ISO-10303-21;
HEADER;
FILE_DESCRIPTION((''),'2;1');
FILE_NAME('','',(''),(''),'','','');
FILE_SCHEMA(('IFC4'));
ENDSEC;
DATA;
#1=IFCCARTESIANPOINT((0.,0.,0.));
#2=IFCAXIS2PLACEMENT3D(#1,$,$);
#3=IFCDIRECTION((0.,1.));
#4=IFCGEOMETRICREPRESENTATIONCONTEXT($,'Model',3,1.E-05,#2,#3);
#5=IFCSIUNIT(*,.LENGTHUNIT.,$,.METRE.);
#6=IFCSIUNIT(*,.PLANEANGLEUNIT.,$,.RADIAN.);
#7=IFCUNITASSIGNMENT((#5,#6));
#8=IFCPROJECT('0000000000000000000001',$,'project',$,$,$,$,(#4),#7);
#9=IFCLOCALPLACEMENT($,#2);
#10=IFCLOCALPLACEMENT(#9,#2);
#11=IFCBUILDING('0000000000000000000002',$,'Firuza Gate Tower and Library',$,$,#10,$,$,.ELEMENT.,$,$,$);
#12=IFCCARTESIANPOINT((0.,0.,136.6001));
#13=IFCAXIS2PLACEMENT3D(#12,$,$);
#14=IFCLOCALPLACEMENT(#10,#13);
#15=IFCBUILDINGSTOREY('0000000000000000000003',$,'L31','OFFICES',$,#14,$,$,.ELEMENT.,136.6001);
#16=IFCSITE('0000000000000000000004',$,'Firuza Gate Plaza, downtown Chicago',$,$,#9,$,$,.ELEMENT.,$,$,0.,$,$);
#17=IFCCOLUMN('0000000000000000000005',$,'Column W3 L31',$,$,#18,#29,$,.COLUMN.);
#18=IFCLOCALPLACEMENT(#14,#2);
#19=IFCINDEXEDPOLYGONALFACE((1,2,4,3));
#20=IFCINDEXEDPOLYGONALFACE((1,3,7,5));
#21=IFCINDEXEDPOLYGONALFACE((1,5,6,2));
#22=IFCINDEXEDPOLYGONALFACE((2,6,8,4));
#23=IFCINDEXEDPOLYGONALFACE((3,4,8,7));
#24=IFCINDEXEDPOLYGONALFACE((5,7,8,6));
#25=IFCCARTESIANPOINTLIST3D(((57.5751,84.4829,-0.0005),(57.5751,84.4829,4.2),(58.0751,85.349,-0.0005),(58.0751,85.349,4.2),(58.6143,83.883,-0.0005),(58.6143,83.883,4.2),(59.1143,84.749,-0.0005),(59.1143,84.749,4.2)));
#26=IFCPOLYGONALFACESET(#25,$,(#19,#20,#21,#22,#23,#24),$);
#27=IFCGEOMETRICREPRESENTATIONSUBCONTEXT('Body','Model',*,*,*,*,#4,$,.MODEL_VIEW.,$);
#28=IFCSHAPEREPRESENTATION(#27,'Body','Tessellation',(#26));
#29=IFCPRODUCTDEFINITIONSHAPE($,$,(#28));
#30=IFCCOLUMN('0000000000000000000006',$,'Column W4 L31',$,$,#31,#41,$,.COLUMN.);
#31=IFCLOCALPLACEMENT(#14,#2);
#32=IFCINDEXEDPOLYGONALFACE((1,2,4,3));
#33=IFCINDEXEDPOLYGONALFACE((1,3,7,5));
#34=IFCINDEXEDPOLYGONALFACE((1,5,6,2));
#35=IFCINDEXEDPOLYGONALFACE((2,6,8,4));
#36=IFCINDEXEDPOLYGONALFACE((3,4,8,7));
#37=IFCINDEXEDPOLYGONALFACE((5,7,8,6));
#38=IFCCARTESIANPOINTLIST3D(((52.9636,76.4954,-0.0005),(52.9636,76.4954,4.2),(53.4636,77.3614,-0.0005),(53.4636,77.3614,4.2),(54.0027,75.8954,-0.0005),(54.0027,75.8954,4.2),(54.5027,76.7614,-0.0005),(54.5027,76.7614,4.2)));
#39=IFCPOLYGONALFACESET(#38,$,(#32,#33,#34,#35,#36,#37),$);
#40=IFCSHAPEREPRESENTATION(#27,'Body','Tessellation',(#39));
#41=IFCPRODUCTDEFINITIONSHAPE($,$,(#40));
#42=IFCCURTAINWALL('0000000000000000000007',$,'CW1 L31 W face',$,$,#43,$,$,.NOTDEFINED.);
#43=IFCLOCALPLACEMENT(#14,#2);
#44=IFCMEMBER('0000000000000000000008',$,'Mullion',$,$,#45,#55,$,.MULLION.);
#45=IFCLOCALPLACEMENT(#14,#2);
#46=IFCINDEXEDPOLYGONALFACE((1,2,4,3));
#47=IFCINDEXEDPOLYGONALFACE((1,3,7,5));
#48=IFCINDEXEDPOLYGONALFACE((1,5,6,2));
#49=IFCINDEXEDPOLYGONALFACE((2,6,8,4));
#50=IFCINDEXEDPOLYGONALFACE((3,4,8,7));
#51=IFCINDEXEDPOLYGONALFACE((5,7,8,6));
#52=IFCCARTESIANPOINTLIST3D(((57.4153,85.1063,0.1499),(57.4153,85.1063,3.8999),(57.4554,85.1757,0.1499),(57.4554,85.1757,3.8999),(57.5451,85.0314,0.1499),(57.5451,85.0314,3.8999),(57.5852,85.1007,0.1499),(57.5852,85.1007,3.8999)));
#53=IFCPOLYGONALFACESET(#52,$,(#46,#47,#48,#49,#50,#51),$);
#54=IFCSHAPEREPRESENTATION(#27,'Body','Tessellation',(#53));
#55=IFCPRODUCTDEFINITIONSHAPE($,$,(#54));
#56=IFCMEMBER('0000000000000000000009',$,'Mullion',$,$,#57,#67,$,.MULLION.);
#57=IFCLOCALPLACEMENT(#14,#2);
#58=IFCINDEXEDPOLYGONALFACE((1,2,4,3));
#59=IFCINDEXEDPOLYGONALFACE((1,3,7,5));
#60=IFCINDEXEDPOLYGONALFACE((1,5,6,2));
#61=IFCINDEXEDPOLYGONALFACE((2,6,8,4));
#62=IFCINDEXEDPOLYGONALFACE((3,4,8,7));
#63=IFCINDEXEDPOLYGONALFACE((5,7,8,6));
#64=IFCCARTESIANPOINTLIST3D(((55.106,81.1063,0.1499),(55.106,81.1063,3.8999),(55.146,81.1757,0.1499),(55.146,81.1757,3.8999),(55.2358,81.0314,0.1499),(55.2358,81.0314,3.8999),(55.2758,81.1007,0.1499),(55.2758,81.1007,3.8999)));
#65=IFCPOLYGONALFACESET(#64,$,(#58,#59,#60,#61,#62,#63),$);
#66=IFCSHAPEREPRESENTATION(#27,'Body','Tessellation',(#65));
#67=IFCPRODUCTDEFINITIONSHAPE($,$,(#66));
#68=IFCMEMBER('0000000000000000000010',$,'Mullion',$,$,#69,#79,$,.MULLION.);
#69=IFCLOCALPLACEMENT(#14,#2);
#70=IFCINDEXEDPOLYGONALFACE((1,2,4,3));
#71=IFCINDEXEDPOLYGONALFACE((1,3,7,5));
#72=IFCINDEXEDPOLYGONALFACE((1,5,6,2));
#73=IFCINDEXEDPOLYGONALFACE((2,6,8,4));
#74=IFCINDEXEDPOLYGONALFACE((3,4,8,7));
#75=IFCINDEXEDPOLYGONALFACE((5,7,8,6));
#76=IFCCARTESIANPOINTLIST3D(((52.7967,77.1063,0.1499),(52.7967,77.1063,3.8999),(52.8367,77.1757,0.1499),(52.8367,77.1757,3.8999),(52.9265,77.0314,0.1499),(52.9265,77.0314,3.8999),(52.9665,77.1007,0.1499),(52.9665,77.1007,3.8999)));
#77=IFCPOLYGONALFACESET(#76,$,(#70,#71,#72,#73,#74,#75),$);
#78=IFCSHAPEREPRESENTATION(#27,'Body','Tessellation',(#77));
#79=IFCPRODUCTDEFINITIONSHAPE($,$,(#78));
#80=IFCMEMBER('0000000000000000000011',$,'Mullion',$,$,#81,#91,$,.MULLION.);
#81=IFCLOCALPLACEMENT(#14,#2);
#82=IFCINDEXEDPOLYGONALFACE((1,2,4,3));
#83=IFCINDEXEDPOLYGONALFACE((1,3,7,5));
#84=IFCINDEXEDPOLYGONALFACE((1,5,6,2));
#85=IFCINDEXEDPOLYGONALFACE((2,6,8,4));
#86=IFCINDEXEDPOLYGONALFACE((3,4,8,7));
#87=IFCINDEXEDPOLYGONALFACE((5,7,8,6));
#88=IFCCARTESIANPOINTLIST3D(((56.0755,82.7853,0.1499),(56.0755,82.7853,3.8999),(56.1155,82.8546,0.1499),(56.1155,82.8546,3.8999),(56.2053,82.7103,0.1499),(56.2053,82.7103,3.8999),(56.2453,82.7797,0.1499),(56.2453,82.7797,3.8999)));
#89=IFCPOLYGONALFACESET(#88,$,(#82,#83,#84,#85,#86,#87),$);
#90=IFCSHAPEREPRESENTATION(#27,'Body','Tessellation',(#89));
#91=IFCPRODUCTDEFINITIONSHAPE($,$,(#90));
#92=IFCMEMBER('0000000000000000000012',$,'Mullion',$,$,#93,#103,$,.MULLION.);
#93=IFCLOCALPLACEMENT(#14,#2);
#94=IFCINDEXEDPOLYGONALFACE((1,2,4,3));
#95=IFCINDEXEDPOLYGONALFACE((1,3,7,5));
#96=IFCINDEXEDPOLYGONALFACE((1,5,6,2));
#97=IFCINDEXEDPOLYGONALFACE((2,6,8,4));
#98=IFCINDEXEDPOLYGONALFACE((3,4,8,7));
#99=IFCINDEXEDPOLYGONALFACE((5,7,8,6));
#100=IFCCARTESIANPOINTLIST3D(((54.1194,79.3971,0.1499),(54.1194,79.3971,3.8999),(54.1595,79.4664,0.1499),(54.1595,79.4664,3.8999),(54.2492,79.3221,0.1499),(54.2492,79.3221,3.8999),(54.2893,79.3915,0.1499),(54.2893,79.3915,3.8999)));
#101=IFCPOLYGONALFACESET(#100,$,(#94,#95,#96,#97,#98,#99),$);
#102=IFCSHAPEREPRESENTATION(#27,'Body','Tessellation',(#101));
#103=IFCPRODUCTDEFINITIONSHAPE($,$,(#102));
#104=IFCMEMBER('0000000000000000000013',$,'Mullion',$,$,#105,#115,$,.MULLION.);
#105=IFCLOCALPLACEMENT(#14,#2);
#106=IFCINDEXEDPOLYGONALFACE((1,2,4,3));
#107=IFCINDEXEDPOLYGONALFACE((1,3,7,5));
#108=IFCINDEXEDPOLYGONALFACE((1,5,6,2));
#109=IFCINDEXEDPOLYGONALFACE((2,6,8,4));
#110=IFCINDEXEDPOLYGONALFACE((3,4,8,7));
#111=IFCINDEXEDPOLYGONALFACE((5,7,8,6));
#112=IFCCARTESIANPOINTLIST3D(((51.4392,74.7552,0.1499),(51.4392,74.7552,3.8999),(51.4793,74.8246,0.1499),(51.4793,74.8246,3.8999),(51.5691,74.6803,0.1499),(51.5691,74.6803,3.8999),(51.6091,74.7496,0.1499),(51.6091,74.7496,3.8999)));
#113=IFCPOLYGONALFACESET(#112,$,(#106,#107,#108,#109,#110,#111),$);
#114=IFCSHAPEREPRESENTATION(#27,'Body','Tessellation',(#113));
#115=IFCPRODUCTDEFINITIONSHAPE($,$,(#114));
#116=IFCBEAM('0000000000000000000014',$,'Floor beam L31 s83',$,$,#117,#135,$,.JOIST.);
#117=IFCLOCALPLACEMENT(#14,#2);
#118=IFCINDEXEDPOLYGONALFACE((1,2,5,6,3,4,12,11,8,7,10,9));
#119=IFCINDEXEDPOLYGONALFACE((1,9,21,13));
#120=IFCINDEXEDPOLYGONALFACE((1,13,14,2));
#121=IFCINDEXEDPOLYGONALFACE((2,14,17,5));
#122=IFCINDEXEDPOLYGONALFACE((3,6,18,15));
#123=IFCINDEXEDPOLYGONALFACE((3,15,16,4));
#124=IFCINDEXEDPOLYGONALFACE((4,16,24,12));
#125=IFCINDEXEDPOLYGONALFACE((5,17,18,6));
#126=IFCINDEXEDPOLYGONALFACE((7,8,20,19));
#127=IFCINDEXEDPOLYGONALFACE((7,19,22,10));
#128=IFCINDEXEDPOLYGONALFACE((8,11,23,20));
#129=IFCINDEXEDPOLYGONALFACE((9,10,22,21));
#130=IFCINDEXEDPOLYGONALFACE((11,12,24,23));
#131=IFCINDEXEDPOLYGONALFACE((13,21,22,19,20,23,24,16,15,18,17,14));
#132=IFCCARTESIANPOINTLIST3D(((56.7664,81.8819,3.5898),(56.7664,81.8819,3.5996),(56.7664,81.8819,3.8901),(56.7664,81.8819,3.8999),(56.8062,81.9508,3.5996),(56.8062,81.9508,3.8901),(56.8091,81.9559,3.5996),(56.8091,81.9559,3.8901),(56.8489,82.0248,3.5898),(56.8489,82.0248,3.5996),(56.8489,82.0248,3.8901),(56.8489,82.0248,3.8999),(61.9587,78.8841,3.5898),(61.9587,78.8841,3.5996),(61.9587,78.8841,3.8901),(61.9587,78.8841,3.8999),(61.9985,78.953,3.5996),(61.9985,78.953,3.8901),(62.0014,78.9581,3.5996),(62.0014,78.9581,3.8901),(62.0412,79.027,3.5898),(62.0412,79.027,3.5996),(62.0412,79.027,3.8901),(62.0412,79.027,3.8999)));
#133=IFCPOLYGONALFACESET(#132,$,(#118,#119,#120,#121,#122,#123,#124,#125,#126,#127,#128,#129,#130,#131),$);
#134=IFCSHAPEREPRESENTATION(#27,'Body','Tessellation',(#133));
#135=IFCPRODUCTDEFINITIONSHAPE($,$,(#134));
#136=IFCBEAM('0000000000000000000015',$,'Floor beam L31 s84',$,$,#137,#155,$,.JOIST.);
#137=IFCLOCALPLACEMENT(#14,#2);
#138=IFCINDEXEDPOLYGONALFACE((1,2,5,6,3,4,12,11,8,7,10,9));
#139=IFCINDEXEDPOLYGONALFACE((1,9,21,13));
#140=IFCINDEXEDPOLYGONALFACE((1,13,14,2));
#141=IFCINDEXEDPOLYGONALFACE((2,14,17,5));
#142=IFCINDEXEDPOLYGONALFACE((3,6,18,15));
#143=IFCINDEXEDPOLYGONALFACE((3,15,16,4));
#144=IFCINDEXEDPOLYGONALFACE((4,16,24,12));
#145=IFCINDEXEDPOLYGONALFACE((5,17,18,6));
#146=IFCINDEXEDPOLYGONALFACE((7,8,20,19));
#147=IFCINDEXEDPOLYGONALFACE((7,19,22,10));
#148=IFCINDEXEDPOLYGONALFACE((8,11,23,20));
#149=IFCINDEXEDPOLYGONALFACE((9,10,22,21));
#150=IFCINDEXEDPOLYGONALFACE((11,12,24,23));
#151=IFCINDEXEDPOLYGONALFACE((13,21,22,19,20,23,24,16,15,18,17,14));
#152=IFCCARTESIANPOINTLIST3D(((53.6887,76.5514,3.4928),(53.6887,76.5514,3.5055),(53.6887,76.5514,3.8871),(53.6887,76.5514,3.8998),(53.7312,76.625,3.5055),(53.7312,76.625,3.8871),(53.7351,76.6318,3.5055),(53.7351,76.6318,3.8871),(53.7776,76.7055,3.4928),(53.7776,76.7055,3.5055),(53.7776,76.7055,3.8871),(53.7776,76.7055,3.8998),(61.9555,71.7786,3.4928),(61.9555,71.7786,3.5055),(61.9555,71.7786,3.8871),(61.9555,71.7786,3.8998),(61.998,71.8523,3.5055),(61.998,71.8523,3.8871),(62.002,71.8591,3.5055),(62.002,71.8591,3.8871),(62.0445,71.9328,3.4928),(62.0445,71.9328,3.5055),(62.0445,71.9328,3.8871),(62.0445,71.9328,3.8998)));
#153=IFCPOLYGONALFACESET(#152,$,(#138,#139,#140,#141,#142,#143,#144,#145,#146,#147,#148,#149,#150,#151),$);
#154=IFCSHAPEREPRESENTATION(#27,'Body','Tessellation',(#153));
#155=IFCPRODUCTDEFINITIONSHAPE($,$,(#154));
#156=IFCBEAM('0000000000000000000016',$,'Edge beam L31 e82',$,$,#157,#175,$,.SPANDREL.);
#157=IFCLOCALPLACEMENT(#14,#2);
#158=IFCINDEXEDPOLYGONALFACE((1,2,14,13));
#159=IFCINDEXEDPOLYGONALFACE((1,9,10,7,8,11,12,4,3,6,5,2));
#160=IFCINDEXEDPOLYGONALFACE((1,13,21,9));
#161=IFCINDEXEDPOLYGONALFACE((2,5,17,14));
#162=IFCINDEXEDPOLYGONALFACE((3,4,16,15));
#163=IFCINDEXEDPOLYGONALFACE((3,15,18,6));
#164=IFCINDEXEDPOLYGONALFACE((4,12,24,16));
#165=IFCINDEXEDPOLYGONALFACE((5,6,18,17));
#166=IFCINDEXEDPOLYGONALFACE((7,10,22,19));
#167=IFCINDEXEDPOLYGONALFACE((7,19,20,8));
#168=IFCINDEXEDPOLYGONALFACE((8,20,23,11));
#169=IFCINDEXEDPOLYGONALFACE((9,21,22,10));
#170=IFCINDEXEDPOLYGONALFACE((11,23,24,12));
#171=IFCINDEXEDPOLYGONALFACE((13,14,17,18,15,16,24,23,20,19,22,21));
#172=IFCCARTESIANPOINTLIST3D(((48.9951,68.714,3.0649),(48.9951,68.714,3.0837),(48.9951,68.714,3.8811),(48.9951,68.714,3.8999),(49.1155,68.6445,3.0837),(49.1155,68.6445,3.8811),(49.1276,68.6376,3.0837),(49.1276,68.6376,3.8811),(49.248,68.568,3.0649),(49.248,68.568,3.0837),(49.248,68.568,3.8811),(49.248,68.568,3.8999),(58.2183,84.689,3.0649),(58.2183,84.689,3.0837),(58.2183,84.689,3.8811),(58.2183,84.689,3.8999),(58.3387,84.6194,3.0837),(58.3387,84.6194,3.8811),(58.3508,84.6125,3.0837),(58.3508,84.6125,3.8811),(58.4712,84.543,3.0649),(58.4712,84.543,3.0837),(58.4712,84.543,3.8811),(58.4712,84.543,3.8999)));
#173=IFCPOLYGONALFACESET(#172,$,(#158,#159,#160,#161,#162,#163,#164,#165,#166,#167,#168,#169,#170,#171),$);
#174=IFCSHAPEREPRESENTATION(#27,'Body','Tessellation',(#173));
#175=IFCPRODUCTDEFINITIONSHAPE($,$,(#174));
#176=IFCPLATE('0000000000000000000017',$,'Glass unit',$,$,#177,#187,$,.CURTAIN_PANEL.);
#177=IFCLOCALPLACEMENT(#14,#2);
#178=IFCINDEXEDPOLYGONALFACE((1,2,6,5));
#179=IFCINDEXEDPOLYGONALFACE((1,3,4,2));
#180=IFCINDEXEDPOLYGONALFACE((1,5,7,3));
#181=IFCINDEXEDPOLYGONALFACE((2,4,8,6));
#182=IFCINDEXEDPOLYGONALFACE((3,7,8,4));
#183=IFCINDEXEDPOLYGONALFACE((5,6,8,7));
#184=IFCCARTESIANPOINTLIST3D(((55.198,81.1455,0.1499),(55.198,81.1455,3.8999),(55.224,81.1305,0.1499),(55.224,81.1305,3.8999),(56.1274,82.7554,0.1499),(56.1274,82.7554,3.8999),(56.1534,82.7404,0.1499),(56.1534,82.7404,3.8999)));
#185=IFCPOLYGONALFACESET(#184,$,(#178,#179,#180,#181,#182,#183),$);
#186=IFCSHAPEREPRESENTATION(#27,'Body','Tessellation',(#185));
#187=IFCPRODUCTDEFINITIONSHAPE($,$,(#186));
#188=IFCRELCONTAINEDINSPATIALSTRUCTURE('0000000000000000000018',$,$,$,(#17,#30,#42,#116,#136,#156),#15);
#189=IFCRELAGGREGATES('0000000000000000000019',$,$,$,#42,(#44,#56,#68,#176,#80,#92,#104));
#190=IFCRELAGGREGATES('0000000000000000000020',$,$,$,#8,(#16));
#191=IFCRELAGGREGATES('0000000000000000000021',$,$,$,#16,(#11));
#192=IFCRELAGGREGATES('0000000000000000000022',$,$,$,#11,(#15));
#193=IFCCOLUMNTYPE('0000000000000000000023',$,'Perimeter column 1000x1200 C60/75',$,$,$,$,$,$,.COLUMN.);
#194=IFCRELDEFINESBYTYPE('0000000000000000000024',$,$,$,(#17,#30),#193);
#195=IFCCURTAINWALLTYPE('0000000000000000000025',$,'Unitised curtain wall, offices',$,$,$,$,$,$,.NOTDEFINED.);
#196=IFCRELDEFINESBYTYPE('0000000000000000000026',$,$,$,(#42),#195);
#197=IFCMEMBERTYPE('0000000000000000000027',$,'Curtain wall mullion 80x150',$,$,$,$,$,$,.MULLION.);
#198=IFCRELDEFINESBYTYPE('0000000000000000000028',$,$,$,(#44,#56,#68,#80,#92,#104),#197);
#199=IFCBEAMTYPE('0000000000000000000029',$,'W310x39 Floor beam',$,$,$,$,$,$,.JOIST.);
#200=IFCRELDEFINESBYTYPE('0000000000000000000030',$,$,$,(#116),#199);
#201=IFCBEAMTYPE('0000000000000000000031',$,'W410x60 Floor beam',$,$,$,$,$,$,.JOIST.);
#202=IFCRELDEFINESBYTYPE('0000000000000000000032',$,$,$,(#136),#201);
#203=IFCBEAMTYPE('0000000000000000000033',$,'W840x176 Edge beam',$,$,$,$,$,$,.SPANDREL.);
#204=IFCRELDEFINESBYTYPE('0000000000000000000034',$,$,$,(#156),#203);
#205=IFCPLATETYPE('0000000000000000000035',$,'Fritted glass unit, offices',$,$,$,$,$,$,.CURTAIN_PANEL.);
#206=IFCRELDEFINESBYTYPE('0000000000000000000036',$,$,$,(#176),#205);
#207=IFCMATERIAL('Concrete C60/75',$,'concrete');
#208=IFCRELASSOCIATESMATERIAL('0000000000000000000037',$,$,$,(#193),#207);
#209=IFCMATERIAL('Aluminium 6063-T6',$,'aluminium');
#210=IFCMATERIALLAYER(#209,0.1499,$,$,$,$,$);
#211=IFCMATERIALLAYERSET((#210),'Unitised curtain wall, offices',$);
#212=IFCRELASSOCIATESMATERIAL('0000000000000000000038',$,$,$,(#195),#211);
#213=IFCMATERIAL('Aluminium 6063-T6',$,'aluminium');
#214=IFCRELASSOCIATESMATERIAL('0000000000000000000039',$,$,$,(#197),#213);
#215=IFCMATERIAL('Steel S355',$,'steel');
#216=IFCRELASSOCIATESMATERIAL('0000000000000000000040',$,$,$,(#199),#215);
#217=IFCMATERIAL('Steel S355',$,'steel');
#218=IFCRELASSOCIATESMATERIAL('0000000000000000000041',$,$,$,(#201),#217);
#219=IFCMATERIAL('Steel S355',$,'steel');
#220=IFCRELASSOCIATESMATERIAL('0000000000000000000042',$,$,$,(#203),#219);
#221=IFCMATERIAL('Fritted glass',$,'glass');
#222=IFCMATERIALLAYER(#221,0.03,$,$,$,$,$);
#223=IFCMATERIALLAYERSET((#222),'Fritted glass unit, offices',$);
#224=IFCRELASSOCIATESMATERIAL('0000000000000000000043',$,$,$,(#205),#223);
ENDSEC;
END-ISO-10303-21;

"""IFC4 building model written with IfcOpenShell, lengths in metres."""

from ifc_helpers import new_model, si_unit, direction, frame, origin, origin_2d, place, context, subcontext, project, spatial, polyline, rectangle, i_section, outline, extrude, material, layer, layer_set, material_profile, profile_set, type_object, element, aggregate, save


model = new_model("IFC4")

# Units and contexts
model_context = context("Model", 3, precision=1e-05, world=origin(), true_north=direction((0.0, 1.0)))
body_context = subcontext(model_context, "Body", "Model", "MODEL_VIEW")
ifc_project = project(units=[si_unit("LENGTHUNIT", "METRE"), si_unit("PLANEANGLEUNIT", "RADIAN")], contexts=[model_context])

# Site, building, storey
site_placement = place(None, origin())
site = spatial("IfcSite", under=ifc_project, at=site_placement, Name="Firuza Gate Plaza, downtown Chicago", CompositionType="ELEMENT", RefElevation=0.0)
building_placement = place(site_placement, origin())
building = spatial("IfcBuilding", under=site, at=building_placement, Name="Firuza Gate Tower and Library", CompositionType="ELEMENT")
storey_placement = place(building_placement, frame((0.0, 0.0, 136.6001)))
storey = spatial("IfcBuildingStorey", under=building, at=storey_placement, Name="L31", Description="OFFICES", CompositionType="ELEMENT", Elevation=136.6001)

# Columns
ifc_material_1 = material(Name="Concrete C60/75", Category="concrete")
ifc_material_profile_1 = material_profile(ifc_material_1, rectangle(XDim=1.0, YDim=1.2, at=origin_2d()))
ifc_profile_set_1 = profile_set([ifc_material_profile_1], Name="Concrete C60/75")
column_type = type_object("IfcColumnType", Name="Perimeter column 1000x1200 C60/75", PredefinedType="COLUMN", material=ifc_profile_set_1)
for number, where, z_axis, x_axis, name in (
    (1, (58.3447, 84.616, -0.0005), (0.0, 0.0, 1.0), (-0.5, -0.866025, 0.0), "Column W3 L31"),
    (2, (53.7332, 76.6284, -0.0005), (0.0, 0.0, 1.0), (-0.5, -0.866025, 0.0), "Column W4 L31"),
):
    element("IfcColumn", number, at=place(storey_placement, frame(where, z_axis=z_axis, x_axis=x_axis)), inside=storey, type_object=column_type, Name=name, PredefinedType="COLUMN", context=body_context, shape_type="SweptSolid", body=[
        extrude(rectangle(XDim=1.0, YDim=1.2, at=origin_2d()), origin(), (0.0, 0.0, 1.0), 4.2004),
    ])

# Curtain wall, members
ifc_material_2 = material(Name="Aluminium 6063-T6", Category="aluminium")
ifc_layer_1 = layer(ifc_material_2, 0.1499)
ifc_layer_set_1 = layer_set([ifc_layer_1], Name="Unitised curtain wall, offices")
curtain_wall_type = type_object("IfcCurtainWallType", Name="Unitised curtain wall, offices", PredefinedType="NOTDEFINED", material=ifc_layer_set_1)
curtain_wall_placement = place(storey_placement, origin())
curtain_wall = element("IfcCurtainWall", 3, at=curtain_wall_placement, inside=storey, type_object=curtain_wall_type, Name="CW1 L31 W face", PredefinedType="NOTDEFINED")
ifc_material_3 = material(Name="Aluminium 6063-T6", Category="aluminium")
ifc_material_profile_2 = material_profile(ifc_material_3, rectangle(XDim=0.1499, YDim=0.0801, at=origin_2d()))
ifc_profile_set_2 = profile_set([ifc_material_profile_2], Name="Aluminium 6063-T6")
member_type = type_object("IfcMemberType", Name="Curtain wall mullion 80x150", PredefinedType="MULLION", material=ifc_profile_set_2)
member_1_placement = place(storey_placement, frame((57.5002, 85.1035, 0.1499), z_axis=(0.0, 0.0, 1.0), x_axis=(0.866025, -0.5, 0.0)))
member_1 = element("IfcMember", 4, at=member_1_placement, type_object=member_type, Name="Mullion", PredefinedType="MULLION", context=body_context, shape_type="SweptSolid", body=[
    extrude(rectangle(XDim=0.1499, YDim=0.0801, at=origin_2d()), origin(), (0.0, 0.0, 1.0), 3.75),
])
member_2_placement = place(storey_placement, frame((55.1909, 81.1035, 0.1499), z_axis=(0.0, 0.0, 1.0), x_axis=(0.866025, -0.5, 0.0)))
member_2 = element("IfcMember", 5, at=member_2_placement, type_object=member_type, Name="Mullion", PredefinedType="MULLION", context=body_context, shape_type="SweptSolid", body=[
    extrude(rectangle(XDim=0.1499, YDim=0.0801, at=origin_2d()), origin(), (0.0, 0.0, 1.0), 3.75),
])
member_3_placement = place(storey_placement, frame((52.8816, 77.1035, 0.1499), z_axis=(0.0, 0.0, 1.0), x_axis=(0.866025, -0.5, 0.0)))
member_3 = element("IfcMember", 6, at=member_3_placement, type_object=member_type, Name="Mullion", PredefinedType="MULLION", context=body_context, shape_type="SweptSolid", body=[
    extrude(rectangle(XDim=0.1499, YDim=0.0801, at=origin_2d()), origin(), (0.0, 0.0, 1.0), 3.75),
])
member_4_placement = place(storey_placement, frame((56.1604, 82.7825, 0.1499), z_axis=(0.0, 0.0, 1.0), x_axis=(0.866025, -0.5, 0.0)))
member_4 = element("IfcMember", 7, at=member_4_placement, type_object=member_type, Name="Mullion", PredefinedType="MULLION", context=body_context, shape_type="SweptSolid", body=[
    extrude(rectangle(XDim=0.1499, YDim=0.0801, at=origin_2d()), origin(), (0.0, 0.0, 1.0), 3.75),
])
member_5_placement = place(storey_placement, frame((54.2043, 79.3943, 0.1499), z_axis=(0.0, 0.0, 1.0), x_axis=(0.866025, -0.5, 0.0)))
member_5 = element("IfcMember", 8, at=member_5_placement, type_object=member_type, Name="Mullion", PredefinedType="MULLION", context=body_context, shape_type="SweptSolid", body=[
    extrude(rectangle(XDim=0.1499, YDim=0.0801, at=origin_2d()), origin(), (0.0, 0.0, 1.0), 3.75),
])
member_6_placement = place(storey_placement, frame((51.5242, 74.7524, 0.1499), z_axis=(0.0, 0.0, 1.0), x_axis=(0.866025, -0.5, 0.0)))
member_6 = element("IfcMember", 9, at=member_6_placement, type_object=member_type, Name="Mullion", PredefinedType="MULLION", context=body_context, shape_type="SweptSolid", body=[
    extrude(rectangle(XDim=0.1499, YDim=0.0801, at=origin_2d()), origin(), (0.0, 0.0, 1.0), 3.75),
])

# Beams
ifc_material_4 = material(Name="Steel S355", Category="steel")
ifc_material_profile_3 = material_profile(ifc_material_4, i_section(OverallWidth=0.165, OverallDepth=0.3101, WebThickness=0.0059, FlangeThickness=0.0098, at=origin_2d()))
ifc_profile_set_3 = profile_set([ifc_material_profile_3], Name="Steel S355")
beam_type_1 = type_object("IfcBeamType", Name="W310x39 Floor beam", PredefinedType="JOIST", material=ifc_profile_set_3)
beam_1_placement = place(storey_placement, frame((56.8076, 81.9534, 3.7449), z_axis=(0.866027, -0.499997, 0.0), x_axis=(0.499997, 0.866027, 0.0)))
element("IfcBeam", 10, at=beam_1_placement, inside=storey, type_object=beam_type_1, Name="Floor beam L31 s83", PredefinedType="JOIST", context=body_context, shape_type="SweptSolid", body=[
    extrude(i_section(OverallWidth=0.165, OverallDepth=0.3101, WebThickness=0.0059, FlangeThickness=0.0098, at=origin_2d()), origin(), (0.0, 0.0, 1.0), 5.9956),
])
ifc_material_5 = material(Name="Steel S355", Category="steel")
ifc_material_profile_4 = material_profile(ifc_material_5, i_section(OverallWidth=0.178, OverallDepth=0.407, WebThickness=0.0078, FlangeThickness=0.0127, at=origin_2d()))
ifc_profile_set_4 = profile_set([ifc_material_profile_4], Name="Steel S355")
beam_type_2 = type_object("IfcBeamType", Name="W410x60 Floor beam", PredefinedType="JOIST", material=ifc_profile_set_4)
beam_2_placement = place(storey_placement, frame((53.7332, 76.6284, 3.6963), z_axis=(0.866033, -0.499987, 0.0), x_axis=(0.499987, 0.866033, 0.0)))
element("IfcBeam", 11, at=beam_2_placement, inside=storey, type_object=beam_type_2, Name="Floor beam L31 s84", PredefinedType="JOIST", context=body_context, shape_type="SweptSolid", body=[
    extrude(i_section(OverallWidth=0.178, OverallDepth=0.407, WebThickness=0.0078, FlangeThickness=0.0127, at=origin_2d()), origin(), (0.0, 0.0, 1.0), 9.5457),
])
ifc_material_6 = material(Name="Steel S355", Category="steel")
ifc_material_profile_5 = material_profile(ifc_material_6, i_section(OverallWidth=0.292, OverallDepth=0.835, WebThickness=0.0139, FlangeThickness=0.0188, at=origin_2d()))
ifc_profile_set_5 = profile_set([ifc_material_profile_5], Name="Steel S355")
beam_type_3 = type_object("IfcBeamType", Name="W840x176 Edge beam", PredefinedType="SPANDREL", material=ifc_profile_set_5)
beam_3_placement = place(storey_placement, frame((58.3447, 84.616, 3.4824), z_axis=(-0.500002, -0.866024, 0.0), x_axis=(0.866024, -0.500002, 0.0)))
element("IfcBeam", 12, at=beam_3_placement, inside=storey, type_object=beam_type_3, Name="Edge beam L31 e82", PredefinedType="SPANDREL", context=body_context, shape_type="SweptSolid", body=[
    extrude(i_section(OverallWidth=0.292, OverallDepth=0.835, WebThickness=0.0139, FlangeThickness=0.0188, at=origin_2d()), origin(), (0.0, 0.0, 1.0), 18.4463),
])

# Plate
ifc_material_7 = material(Name="Fritted glass", Category="glass")
ifc_layer_2 = layer(ifc_material_7, 0.03)
ifc_layer_set_2 = layer_set([ifc_layer_2], Name="Fritted glass unit, offices")
plate_type_1 = type_object("IfcPlateType", Name="Fritted glass unit, offices", PredefinedType="CURTAIN_PANEL", material=ifc_layer_set_2)
plate_1_placement = place(storey_placement, frame((56.1274, 82.7554, 0.1499), z_axis=(-0.866028, 0.499995, 0.0), x_axis=(-0.499995, -0.866028, 0.0)))
plate_1 = element("IfcPlate", 13, at=plate_1_placement, type_object=plate_type_1, Name="Glass unit", PredefinedType="CURTAIN_PANEL", context=body_context, shape_type="SweptSolid", body=[
    extrude(outline(polyline([(0.0, 0.0), (1.8589, 0.0), (1.8589, 3.75), (0.0, 3.75), (0.0, 0.0)])), origin(), (0.0, 0.0, -1.0), 0.03),
])
aggregate(curtain_wall, [member_1, member_2, member_3, plate_1, member_4, member_5, member_6])

save(model, "model.ifc")
